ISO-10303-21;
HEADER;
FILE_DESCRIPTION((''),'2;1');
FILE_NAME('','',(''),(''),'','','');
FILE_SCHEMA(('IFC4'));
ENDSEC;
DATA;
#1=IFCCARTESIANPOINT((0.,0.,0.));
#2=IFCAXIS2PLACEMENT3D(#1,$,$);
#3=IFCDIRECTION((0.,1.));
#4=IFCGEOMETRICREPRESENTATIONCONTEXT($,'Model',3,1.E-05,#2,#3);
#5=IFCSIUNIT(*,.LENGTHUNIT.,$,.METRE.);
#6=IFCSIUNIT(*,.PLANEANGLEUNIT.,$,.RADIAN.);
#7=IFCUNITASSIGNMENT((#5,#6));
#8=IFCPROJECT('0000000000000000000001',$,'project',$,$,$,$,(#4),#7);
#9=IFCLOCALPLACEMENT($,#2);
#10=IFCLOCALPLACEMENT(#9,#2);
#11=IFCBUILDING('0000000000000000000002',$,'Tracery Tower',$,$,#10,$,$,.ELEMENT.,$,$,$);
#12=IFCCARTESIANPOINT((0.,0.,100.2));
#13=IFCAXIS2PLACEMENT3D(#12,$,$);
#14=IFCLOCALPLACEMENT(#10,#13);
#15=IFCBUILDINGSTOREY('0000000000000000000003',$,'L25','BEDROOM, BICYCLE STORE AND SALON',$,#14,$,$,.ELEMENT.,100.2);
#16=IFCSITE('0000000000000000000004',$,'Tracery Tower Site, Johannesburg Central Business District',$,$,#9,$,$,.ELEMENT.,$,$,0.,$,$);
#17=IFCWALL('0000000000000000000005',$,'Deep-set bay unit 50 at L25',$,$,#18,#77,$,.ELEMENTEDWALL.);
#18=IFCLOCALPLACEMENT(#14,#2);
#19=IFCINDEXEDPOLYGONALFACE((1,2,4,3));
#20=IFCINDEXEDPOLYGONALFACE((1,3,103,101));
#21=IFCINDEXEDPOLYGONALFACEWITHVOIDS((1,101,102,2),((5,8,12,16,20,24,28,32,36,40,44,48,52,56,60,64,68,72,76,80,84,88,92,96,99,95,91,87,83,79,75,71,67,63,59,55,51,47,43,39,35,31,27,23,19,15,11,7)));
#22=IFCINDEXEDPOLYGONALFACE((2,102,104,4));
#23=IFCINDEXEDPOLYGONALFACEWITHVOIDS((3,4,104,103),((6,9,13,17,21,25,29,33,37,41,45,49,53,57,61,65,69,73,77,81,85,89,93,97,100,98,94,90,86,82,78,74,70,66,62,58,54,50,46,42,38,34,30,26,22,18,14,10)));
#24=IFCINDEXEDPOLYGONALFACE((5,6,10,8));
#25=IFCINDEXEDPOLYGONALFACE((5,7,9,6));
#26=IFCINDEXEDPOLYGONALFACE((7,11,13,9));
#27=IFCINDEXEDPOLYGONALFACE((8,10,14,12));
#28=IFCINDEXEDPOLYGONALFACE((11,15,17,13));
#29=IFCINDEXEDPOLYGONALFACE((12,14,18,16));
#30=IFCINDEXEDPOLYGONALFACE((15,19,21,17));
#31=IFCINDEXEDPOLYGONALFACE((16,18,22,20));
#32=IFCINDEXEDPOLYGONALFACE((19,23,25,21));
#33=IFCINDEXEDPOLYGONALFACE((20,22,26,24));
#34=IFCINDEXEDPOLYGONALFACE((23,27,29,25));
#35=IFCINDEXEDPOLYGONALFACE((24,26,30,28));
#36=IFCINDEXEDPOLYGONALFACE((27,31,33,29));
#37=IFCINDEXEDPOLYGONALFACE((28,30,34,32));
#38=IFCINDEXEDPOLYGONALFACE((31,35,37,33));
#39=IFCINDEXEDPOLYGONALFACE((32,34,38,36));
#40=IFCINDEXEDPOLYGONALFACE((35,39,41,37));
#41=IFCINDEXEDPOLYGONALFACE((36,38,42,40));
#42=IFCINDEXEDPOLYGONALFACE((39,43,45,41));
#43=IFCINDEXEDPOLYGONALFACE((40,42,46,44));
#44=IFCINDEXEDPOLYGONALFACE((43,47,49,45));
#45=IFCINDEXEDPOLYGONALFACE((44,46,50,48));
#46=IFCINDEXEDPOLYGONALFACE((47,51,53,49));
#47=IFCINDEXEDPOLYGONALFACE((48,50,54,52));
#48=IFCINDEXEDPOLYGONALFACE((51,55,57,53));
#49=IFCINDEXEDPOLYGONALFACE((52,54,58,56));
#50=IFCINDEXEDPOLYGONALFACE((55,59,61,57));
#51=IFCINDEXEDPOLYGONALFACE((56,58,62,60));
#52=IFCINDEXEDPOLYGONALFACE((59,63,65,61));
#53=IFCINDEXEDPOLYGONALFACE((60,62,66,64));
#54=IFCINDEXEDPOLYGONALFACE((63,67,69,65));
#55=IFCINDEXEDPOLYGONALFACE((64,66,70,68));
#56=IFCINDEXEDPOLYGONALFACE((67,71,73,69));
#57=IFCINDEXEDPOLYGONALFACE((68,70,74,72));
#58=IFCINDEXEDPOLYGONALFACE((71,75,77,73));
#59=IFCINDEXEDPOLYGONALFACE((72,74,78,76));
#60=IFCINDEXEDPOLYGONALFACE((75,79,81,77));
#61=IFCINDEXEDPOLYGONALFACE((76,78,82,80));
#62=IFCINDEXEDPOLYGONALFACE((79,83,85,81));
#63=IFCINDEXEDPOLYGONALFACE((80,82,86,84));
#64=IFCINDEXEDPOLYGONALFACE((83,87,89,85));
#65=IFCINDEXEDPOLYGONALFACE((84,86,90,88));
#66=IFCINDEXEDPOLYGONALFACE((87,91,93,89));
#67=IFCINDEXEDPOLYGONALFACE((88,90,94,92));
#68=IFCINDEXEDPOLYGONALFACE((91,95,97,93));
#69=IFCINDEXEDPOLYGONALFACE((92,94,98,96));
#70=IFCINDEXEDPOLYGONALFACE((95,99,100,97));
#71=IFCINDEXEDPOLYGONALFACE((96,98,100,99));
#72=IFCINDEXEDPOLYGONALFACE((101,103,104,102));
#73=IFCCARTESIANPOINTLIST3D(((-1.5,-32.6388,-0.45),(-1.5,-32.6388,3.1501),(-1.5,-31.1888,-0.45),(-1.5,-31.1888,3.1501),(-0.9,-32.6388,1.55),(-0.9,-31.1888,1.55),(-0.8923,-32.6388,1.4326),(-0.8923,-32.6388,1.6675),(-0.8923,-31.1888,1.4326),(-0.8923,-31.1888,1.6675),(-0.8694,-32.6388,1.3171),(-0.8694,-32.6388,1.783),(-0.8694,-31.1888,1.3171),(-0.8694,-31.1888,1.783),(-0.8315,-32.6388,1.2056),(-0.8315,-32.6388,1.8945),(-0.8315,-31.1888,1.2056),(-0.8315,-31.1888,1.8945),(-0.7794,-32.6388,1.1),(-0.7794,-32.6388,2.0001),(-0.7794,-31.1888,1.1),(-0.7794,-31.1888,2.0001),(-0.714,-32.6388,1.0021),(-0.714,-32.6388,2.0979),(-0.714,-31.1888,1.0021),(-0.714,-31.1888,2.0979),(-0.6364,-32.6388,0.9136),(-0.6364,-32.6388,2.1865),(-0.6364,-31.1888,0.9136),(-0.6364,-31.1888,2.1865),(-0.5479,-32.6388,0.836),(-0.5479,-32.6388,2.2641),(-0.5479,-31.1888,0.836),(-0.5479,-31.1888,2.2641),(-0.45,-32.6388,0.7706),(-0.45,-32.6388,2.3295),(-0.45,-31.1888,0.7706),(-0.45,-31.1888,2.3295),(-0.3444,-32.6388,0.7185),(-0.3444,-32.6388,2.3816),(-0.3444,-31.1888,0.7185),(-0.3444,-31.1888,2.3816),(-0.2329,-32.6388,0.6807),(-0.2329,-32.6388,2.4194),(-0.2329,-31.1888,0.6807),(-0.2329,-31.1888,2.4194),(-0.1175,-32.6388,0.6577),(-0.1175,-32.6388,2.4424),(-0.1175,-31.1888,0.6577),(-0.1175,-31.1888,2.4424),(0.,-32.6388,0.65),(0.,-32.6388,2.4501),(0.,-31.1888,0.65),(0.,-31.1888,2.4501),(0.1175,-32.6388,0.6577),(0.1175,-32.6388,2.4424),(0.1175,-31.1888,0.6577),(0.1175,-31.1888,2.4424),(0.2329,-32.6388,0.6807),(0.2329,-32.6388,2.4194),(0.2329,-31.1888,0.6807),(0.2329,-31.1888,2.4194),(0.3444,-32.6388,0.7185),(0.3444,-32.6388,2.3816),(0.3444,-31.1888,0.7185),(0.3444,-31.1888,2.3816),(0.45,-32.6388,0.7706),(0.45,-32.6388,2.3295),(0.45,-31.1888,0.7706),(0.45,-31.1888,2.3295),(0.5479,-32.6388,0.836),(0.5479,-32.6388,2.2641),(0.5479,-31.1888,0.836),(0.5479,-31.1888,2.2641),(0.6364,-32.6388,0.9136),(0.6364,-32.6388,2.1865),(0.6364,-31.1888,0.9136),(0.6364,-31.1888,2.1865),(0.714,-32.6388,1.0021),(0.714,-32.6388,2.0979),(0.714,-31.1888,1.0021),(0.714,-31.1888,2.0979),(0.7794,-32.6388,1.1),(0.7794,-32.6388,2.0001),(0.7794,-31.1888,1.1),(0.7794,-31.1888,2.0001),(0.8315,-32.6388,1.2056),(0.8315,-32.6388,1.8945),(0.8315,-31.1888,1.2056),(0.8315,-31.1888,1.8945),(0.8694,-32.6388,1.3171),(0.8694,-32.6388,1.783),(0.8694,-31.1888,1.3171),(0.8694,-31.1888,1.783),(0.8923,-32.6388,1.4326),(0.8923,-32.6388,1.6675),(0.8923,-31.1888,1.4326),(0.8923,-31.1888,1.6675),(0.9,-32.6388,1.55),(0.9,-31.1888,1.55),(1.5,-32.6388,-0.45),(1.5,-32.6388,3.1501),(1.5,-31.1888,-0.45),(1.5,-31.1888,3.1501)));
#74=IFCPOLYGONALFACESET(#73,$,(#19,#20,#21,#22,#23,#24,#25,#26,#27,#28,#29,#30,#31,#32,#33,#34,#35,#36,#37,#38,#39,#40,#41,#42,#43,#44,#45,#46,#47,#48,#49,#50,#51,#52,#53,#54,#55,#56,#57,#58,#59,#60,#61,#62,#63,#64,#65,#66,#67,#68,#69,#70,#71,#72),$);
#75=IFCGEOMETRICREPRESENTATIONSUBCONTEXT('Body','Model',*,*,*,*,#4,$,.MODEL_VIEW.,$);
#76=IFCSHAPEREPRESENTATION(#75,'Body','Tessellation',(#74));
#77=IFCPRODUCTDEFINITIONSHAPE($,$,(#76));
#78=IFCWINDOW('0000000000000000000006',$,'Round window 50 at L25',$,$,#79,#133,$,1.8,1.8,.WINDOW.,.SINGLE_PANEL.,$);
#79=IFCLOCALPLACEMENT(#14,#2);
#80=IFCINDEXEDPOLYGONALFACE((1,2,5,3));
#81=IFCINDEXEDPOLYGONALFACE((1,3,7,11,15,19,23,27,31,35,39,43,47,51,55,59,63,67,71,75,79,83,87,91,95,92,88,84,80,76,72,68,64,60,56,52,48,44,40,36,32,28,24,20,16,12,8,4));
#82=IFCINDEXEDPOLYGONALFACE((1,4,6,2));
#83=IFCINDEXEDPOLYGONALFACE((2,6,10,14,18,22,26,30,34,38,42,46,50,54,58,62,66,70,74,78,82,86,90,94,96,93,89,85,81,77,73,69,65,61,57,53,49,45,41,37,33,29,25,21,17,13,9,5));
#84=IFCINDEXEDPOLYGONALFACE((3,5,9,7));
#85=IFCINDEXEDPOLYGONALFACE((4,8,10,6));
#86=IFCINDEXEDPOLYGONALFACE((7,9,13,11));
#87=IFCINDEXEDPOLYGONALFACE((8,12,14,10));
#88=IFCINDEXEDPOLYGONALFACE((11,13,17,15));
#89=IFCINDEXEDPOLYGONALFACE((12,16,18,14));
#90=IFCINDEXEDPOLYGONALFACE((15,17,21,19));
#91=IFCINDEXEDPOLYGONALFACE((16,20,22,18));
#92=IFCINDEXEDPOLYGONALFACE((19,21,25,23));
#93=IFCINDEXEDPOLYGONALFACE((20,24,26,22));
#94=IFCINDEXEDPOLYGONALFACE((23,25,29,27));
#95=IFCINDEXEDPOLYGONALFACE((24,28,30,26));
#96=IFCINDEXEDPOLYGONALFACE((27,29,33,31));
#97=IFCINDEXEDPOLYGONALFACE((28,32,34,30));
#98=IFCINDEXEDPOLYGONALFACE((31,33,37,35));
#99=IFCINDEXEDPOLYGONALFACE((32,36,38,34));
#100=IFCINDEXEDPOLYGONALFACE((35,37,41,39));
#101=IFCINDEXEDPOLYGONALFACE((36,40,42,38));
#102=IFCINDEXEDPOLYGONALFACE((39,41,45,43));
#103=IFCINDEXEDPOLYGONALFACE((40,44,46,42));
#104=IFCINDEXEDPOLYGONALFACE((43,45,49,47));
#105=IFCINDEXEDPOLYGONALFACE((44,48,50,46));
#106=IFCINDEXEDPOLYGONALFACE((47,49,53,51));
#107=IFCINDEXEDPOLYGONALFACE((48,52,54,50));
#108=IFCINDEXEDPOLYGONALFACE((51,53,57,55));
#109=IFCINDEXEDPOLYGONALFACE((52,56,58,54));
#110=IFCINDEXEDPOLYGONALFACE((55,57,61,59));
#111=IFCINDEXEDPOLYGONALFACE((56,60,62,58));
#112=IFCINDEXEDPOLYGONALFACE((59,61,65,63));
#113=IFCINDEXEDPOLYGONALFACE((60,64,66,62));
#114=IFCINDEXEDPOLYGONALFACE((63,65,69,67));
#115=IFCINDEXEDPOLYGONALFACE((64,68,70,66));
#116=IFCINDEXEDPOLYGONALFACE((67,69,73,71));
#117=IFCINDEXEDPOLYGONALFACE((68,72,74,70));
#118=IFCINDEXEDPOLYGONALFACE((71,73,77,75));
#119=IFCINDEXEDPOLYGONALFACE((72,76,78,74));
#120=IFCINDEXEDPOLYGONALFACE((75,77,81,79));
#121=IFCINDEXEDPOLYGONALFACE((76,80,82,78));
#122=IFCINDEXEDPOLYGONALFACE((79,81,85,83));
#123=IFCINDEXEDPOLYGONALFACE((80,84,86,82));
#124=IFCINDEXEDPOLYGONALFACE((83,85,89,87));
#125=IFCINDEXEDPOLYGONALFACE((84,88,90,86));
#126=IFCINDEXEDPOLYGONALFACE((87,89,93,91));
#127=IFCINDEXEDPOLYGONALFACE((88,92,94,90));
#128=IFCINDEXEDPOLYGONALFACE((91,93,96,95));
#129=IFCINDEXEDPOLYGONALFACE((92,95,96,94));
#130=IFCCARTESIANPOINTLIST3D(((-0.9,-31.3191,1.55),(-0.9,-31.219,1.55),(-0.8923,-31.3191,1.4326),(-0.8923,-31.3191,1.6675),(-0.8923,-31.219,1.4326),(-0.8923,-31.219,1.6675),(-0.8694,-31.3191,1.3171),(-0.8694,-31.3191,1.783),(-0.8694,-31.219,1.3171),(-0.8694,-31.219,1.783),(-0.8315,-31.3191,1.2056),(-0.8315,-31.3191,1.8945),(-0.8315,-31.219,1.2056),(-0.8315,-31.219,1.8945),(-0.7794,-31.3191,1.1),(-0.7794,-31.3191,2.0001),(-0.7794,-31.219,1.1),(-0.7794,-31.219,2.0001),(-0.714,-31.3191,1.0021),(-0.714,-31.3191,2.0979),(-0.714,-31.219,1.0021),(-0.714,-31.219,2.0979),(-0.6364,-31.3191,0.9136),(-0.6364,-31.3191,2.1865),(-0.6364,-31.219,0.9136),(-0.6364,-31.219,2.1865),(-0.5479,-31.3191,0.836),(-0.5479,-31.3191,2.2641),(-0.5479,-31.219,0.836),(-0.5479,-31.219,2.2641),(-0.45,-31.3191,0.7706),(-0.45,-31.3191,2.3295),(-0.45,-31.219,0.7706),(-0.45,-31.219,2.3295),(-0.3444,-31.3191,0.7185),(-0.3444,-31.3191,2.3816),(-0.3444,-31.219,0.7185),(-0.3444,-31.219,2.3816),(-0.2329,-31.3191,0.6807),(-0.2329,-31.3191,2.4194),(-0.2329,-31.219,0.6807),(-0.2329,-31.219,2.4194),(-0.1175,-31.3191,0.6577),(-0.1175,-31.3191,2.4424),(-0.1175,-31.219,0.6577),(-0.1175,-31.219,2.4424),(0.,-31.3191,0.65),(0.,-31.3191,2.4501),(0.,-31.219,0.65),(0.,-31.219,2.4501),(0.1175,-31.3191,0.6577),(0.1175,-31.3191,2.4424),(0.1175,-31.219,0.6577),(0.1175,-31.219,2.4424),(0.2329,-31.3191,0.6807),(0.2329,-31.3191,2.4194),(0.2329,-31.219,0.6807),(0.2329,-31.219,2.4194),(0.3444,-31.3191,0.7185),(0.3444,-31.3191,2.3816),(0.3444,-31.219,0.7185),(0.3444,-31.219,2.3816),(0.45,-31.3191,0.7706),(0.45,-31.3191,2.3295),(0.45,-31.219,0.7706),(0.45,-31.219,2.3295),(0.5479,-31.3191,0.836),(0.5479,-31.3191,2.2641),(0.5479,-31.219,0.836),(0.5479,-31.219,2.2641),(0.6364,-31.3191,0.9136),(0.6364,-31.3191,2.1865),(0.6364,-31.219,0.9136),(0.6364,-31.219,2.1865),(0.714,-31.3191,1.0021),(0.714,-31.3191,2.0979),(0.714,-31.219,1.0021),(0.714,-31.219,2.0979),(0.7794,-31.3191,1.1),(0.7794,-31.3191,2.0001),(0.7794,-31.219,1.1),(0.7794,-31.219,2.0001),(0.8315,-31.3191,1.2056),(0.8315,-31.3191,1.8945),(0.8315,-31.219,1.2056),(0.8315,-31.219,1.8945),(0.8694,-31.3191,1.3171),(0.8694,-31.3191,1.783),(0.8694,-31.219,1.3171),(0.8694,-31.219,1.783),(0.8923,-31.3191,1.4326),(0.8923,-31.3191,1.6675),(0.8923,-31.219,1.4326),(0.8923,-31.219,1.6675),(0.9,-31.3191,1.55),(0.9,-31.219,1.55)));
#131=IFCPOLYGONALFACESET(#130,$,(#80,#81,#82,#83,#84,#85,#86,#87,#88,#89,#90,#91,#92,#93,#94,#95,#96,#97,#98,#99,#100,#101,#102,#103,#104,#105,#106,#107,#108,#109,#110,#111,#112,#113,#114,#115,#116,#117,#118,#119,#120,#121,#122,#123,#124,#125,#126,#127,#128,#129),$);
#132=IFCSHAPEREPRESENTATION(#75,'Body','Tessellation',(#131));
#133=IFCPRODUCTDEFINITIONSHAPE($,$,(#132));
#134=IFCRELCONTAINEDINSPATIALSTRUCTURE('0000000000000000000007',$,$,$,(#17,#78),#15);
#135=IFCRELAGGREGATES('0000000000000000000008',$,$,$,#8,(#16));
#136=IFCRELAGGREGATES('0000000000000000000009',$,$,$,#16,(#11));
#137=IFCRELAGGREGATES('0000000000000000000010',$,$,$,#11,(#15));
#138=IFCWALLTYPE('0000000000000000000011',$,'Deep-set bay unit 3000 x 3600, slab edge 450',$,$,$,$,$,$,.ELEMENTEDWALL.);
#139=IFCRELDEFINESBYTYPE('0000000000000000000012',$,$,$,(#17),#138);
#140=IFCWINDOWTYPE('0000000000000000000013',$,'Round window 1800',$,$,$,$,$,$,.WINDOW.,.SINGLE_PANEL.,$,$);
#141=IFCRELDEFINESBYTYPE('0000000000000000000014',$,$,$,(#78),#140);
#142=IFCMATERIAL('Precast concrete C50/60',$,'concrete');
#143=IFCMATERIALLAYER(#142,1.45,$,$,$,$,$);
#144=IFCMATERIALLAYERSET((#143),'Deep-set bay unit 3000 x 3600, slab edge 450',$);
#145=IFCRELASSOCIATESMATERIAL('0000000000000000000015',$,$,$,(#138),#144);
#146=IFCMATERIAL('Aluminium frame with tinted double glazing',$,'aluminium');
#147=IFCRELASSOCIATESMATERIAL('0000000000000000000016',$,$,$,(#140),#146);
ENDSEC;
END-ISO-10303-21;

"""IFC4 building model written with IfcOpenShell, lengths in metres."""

from ifc_helpers import new_model, si_unit, direction, frame, frame_2d, origin, origin_2d, place, context, subcontext, project, spatial, rectangle, circle, extrude, material, layer, layer_set, type_object, element, fill, save


model = new_model("IFC4")

# Units and contexts
model_context = context("Model", 3, precision=1e-05, world=origin(), true_north=direction((0.0, 1.0)))
body_context = subcontext(model_context, "Body", "Model", "MODEL_VIEW")
ifc_project = project(units=[si_unit("LENGTHUNIT", "METRE"), si_unit("PLANEANGLEUNIT", "RADIAN")], contexts=[model_context])

# Site, building, storey
site_placement = place(None, origin())
site = spatial("IfcSite", under=ifc_project, at=site_placement, Name="Tracery Tower Site, Johannesburg Central Business District", CompositionType="ELEMENT", RefElevation=0.0)
building_placement = place(site_placement, origin())
building = spatial("IfcBuilding", under=site, at=building_placement, Name="Tracery Tower", CompositionType="ELEMENT")
storey_placement = place(building_placement, frame((0.0, 0.0, 100.2)))
storey = spatial("IfcBuildingStorey", under=building, at=storey_placement, Name="L25", Description="BEDROOM, BICYCLE STORE AND SALON", CompositionType="ELEMENT", Elevation=100.2)

# Wall, opening, window
ifc_material_1 = material(Name="Precast concrete C50/60", Category="concrete")
ifc_layer_1 = layer(ifc_material_1, 1.45)
ifc_layer_set_1 = layer_set([ifc_layer_1], Name="Deep-set bay unit 3000 x 3600, slab edge 450")
wall_type_1 = type_object("IfcWallType", Name="Deep-set bay unit 3000 x 3600, slab edge 450", PredefinedType="ELEMENTEDWALL", material=ifc_layer_set_1)
ifc_material_2 = material(Name="Aluminium frame with tinted double glazing", Category="aluminium")
window_type = type_object("IfcWindowType", Name="Round window 1800", PartitioningType="SINGLE_PANEL", PredefinedType="WINDOW", material=ifc_material_2)
wall_1_placement = place(storey_placement, frame((-1.5, -31.9138, -0.45), z_axis=(0.0, 0.0, 1.0), x_axis=(1.0, 0.0, 0.0)))
wall_1 = element("IfcWall", 1, at=wall_1_placement, inside=storey, type_object=wall_type_1, Name="Deep-set bay unit 50 at L25", PredefinedType="ELEMENTEDWALL", context=body_context, shape_type="SweptSolid", body=[
    extrude(rectangle(XDim=3.0, YDim=1.45, at=frame_2d((1.5, 0.0))), origin(), (0.0, 0.0, 1.0), 3.6001),
])
opening_1_placement = place(wall_1_placement, frame((1.5, 0.0, 2.0)))
opening_1 = element("IfcOpeningElement", 2, at=opening_1_placement, cuts=wall_1, PredefinedType="OPENING", context=body_context, shape_type="SweptSolid", body=[
    extrude(circle(Radius=0.9, at=origin_2d()), frame((0.0, 0.7349, 0.0), z_axis=(0.0, -1.0, 0.0), x_axis=(1.0, 0.0, 0.0)), (0.0, 0.0, 1.0), 1.47),
])
window_1_placement = place(opening_1_placement, origin())
window_1 = element("IfcWindow", 3, at=window_1_placement, inside=storey, type_object=window_type, Name="Round window 50 at L25", OverallHeight=1.8, OverallWidth=1.8, PartitioningType="SINGLE_PANEL", PredefinedType="WINDOW", context=body_context, shape_type="SweptSolid", body=[
    extrude(circle(Radius=0.9, at=origin_2d()), frame((0.0, 0.6948, 0.0), z_axis=(0.0, -1.0, 0.0), x_axis=(1.0, 0.0, 0.0)), (0.0, 0.0, 1.0), 0.1001),
])
fill(opening_1, window_1)

save(model, "model.ifc")
